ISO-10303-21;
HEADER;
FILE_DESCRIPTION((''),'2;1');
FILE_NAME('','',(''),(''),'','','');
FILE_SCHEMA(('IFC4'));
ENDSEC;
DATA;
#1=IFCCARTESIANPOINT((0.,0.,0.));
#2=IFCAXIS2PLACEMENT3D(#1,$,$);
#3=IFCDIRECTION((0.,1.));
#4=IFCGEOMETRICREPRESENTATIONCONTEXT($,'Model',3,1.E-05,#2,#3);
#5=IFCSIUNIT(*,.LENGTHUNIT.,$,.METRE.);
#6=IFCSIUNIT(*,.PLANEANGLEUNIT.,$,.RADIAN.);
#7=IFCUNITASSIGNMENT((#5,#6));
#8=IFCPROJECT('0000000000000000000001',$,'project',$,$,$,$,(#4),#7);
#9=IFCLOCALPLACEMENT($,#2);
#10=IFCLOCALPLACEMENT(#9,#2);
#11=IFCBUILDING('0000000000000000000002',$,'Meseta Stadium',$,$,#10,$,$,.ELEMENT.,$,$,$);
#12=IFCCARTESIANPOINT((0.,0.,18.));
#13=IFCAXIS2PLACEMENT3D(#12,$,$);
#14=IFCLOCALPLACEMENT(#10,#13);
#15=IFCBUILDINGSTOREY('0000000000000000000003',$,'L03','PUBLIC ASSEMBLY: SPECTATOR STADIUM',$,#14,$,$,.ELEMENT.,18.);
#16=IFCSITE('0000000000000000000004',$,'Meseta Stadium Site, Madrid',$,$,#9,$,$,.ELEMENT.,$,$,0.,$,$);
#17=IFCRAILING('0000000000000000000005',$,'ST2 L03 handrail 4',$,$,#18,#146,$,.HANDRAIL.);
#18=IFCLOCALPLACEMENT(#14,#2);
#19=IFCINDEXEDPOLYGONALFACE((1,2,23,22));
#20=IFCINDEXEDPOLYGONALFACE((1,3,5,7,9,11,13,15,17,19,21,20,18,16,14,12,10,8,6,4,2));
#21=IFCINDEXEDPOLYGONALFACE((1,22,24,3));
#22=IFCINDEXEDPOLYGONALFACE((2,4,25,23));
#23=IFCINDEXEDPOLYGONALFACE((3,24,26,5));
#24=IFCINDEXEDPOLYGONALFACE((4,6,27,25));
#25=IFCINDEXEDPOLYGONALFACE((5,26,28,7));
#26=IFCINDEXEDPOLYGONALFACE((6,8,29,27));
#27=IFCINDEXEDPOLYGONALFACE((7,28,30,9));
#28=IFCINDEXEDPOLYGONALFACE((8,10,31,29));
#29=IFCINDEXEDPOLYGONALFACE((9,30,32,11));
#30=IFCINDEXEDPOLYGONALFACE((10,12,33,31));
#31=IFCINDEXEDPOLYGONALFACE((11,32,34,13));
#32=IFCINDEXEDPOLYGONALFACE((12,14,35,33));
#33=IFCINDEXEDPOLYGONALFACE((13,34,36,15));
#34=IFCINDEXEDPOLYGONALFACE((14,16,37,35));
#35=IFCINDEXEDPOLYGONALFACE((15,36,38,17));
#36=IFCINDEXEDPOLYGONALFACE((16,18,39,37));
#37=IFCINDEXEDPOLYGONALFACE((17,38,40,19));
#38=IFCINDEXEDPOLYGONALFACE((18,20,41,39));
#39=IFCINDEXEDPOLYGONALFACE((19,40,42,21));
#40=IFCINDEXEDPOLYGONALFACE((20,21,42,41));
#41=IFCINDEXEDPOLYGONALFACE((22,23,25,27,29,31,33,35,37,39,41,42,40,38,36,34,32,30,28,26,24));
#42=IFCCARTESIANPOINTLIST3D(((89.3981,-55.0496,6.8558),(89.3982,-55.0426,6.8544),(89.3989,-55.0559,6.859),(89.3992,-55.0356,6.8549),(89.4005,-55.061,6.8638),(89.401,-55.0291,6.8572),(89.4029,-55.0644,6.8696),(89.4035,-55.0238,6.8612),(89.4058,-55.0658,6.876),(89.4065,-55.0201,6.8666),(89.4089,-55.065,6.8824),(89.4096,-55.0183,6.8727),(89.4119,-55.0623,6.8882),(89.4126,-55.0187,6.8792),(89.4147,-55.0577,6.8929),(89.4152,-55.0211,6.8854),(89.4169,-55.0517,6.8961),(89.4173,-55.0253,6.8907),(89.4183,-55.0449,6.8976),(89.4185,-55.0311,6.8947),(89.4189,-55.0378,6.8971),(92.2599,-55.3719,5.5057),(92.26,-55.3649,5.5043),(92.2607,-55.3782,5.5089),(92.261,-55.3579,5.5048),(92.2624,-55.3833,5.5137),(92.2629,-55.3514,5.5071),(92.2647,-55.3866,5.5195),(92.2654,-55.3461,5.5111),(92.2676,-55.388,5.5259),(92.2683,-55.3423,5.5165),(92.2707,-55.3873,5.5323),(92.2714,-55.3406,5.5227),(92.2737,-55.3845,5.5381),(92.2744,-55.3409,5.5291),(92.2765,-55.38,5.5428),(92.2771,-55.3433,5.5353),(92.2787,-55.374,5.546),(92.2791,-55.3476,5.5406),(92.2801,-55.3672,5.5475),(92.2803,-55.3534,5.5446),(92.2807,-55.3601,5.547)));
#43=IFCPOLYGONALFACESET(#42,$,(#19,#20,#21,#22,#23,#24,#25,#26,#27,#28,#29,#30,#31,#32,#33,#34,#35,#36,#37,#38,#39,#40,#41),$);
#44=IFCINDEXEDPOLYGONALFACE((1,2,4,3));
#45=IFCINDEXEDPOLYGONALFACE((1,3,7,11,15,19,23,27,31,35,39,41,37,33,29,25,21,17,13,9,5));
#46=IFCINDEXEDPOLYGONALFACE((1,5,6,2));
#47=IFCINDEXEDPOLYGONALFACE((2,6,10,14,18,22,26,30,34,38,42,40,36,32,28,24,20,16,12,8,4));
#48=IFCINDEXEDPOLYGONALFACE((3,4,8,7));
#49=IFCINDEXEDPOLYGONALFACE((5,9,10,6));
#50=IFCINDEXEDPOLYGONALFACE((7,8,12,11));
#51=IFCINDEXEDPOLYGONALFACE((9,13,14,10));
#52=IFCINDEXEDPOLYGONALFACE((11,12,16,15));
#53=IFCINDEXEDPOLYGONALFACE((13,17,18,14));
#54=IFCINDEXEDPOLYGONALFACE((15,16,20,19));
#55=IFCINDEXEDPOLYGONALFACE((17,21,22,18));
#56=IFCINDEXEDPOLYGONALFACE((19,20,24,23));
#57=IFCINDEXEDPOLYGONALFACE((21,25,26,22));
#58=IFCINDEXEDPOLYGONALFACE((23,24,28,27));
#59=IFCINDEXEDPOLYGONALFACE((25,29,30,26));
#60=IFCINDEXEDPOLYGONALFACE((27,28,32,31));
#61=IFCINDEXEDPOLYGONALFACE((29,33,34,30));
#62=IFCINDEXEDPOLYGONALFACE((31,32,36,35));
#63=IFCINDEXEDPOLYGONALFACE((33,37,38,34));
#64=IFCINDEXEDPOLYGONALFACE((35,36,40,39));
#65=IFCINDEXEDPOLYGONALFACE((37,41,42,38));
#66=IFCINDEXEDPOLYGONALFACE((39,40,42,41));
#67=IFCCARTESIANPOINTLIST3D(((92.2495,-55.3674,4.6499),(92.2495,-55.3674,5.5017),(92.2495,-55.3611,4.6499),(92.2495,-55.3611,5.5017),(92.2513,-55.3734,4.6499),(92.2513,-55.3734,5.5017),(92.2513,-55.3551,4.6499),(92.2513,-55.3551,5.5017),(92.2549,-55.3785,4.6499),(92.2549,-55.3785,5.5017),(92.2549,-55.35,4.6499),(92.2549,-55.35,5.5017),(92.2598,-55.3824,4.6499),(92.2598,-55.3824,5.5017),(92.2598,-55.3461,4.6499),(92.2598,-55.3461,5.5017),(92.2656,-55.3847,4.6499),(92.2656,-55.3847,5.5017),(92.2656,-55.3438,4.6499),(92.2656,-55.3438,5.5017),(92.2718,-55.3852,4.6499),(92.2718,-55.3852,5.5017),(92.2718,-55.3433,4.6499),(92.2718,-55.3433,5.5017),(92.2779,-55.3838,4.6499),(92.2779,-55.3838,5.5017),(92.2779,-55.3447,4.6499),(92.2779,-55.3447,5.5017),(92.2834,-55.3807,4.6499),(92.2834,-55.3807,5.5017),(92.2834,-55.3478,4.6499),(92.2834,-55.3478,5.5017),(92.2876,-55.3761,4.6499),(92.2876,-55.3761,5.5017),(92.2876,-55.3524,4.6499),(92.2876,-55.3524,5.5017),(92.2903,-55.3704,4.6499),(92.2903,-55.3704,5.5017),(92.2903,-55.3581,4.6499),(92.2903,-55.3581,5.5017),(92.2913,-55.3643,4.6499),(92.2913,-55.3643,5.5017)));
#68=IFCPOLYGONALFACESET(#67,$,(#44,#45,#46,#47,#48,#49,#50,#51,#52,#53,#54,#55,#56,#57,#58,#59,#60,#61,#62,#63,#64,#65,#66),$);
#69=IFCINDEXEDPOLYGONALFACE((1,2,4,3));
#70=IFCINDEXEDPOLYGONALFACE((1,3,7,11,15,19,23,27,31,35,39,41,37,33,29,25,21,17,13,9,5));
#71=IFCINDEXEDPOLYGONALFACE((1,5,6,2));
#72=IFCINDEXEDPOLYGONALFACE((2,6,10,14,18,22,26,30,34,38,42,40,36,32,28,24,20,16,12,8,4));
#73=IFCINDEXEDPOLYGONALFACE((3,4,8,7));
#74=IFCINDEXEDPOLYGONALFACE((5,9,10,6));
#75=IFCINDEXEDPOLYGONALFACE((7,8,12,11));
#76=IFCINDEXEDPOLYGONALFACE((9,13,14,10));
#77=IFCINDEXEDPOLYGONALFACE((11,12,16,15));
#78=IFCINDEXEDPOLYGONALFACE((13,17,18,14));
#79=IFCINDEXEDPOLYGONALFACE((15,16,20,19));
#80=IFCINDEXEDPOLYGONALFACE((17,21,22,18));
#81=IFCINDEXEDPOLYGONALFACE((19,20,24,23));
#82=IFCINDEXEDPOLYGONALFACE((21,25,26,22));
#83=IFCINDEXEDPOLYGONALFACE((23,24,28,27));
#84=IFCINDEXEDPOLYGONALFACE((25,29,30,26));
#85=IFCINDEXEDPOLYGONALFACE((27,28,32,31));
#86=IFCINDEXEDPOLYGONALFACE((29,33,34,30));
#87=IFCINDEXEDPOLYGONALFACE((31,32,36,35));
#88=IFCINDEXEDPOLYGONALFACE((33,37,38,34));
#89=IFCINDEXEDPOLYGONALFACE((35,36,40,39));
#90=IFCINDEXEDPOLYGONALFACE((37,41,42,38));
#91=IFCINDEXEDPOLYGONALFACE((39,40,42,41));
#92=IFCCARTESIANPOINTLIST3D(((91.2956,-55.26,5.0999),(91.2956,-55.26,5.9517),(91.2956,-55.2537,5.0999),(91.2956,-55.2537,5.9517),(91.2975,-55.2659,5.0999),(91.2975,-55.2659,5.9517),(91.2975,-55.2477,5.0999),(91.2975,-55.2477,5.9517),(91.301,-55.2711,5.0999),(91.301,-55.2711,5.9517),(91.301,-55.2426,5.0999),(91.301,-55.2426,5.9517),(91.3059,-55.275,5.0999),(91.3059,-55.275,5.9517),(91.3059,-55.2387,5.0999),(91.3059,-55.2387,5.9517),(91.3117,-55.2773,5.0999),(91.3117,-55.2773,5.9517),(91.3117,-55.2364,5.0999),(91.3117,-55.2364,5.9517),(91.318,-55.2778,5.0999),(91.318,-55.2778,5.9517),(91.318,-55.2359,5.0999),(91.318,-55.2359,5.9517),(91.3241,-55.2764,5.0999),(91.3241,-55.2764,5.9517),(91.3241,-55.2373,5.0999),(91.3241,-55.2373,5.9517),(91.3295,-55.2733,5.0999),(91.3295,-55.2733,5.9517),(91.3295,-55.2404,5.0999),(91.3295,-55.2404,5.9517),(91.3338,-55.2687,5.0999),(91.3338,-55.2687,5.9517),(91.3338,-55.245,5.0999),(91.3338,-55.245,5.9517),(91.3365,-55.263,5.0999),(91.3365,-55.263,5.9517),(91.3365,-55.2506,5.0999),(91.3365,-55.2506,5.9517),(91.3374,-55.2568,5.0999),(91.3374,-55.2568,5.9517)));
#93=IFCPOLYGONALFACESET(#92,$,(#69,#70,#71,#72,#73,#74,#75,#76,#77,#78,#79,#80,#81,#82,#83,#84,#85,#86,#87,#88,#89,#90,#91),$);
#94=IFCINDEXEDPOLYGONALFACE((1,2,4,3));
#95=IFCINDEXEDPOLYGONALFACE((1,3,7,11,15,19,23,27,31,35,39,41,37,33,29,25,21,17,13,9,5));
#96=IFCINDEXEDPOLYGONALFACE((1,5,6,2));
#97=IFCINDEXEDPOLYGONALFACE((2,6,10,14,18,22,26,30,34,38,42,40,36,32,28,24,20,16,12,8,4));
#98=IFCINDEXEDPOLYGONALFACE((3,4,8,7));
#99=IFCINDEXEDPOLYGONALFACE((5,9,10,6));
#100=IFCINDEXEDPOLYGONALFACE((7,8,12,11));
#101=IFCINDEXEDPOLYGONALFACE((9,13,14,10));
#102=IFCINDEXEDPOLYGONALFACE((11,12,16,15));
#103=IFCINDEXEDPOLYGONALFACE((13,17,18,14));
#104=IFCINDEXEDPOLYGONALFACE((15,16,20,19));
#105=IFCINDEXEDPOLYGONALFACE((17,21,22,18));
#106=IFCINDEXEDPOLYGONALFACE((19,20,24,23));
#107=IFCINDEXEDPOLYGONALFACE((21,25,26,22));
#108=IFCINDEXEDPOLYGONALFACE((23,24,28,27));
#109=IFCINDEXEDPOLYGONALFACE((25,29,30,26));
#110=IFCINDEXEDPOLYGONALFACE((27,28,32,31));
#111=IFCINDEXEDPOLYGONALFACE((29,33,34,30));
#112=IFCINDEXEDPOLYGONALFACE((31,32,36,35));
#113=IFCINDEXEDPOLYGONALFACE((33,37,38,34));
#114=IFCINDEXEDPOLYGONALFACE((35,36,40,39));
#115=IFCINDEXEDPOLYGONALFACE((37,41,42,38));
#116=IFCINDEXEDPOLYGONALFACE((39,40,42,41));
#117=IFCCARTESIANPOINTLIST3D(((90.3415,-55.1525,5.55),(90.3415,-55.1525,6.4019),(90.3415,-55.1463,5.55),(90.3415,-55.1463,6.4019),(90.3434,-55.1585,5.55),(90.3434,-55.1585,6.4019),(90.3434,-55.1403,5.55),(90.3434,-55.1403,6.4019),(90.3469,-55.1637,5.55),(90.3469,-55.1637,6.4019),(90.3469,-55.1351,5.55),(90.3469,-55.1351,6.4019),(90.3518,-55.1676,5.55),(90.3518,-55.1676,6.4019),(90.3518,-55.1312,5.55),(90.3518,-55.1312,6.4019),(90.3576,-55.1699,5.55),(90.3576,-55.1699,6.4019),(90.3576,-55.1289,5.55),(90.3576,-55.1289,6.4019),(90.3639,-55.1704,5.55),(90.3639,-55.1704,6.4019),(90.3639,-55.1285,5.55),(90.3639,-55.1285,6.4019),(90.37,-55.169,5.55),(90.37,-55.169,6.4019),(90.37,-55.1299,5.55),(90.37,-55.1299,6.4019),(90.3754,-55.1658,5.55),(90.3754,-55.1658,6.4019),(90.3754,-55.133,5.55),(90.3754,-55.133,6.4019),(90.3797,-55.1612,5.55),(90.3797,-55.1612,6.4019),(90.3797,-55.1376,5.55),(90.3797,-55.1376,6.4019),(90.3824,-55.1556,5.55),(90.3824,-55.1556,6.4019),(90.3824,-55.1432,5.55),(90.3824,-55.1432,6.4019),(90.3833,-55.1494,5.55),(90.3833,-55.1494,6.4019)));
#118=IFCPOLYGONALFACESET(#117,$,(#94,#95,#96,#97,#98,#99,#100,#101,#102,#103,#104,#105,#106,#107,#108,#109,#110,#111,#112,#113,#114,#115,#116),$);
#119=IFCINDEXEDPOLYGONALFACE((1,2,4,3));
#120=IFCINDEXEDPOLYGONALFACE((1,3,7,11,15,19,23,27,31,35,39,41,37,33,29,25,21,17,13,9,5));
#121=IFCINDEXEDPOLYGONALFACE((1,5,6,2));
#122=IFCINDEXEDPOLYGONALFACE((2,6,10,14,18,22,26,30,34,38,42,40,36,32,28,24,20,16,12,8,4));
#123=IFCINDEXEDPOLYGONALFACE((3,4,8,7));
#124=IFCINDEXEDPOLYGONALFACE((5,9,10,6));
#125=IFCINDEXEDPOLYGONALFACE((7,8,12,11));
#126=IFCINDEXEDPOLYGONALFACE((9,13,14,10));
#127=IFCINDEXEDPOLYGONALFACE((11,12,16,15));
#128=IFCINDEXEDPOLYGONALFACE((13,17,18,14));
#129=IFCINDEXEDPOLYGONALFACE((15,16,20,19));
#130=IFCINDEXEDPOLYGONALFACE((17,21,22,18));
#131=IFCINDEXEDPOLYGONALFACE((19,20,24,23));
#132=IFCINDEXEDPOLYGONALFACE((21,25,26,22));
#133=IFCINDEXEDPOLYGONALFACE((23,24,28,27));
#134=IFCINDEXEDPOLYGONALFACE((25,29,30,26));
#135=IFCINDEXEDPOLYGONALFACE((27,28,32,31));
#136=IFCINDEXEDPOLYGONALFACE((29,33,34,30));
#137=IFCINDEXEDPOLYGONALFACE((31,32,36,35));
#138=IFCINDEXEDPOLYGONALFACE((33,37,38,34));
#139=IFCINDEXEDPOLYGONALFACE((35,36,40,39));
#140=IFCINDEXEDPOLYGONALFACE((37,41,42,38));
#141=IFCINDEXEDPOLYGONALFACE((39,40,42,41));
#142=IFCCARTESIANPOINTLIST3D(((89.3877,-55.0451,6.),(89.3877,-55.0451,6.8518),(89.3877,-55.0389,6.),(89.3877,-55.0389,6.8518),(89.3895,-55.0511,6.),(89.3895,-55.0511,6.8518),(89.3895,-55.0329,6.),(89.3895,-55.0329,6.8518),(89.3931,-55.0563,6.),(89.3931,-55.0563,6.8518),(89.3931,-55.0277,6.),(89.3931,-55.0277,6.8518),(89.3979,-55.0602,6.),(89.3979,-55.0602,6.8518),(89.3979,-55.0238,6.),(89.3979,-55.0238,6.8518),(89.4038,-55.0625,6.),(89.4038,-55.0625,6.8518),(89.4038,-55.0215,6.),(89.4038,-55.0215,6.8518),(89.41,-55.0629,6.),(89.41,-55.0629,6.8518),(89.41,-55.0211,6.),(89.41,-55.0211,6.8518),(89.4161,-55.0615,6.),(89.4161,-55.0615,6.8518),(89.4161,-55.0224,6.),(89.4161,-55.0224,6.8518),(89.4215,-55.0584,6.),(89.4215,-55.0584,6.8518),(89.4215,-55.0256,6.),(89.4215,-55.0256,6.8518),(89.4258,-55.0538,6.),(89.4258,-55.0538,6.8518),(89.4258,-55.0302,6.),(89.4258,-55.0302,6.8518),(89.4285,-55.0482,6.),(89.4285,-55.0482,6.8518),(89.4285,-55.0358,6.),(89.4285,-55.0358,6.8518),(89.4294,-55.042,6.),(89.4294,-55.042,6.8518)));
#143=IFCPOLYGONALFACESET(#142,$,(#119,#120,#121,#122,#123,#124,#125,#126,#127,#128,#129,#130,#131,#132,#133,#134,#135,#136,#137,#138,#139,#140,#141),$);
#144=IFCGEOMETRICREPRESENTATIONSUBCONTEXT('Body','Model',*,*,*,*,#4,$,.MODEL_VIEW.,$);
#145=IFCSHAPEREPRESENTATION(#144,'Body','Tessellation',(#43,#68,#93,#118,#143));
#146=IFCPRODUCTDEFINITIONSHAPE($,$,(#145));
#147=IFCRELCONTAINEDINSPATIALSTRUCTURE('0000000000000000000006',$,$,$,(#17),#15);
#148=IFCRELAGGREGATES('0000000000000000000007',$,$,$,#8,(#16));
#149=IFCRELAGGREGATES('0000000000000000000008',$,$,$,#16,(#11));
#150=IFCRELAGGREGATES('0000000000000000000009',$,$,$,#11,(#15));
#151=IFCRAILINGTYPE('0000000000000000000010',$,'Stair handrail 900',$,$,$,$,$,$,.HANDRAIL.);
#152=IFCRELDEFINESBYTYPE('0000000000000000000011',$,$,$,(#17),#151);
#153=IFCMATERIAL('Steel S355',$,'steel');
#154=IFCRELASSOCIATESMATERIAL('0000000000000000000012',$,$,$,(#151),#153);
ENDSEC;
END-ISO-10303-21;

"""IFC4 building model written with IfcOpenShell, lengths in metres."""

from ifc_helpers import new_model, si_unit, direction, frame, origin, origin_2d, place, context, subcontext, project, spatial, circle, extrude, material, type_object, element, save


model = new_model("IFC4")

# Units and contexts
model_context = context("Model", 3, precision=1e-05, world=origin(), true_north=direction((0.0, 1.0)))
body_context = subcontext(model_context, "Body", "Model", "MODEL_VIEW")
ifc_project = project(units=[si_unit("LENGTHUNIT", "METRE"), si_unit("PLANEANGLEUNIT", "RADIAN")], contexts=[model_context])

# Site, building, storey
site_placement = place(None, origin())
site = spatial("IfcSite", under=ifc_project, at=site_placement, Name="Meseta Stadium Site, Madrid", CompositionType="ELEMENT", RefElevation=0.0)
building_placement = place(site_placement, origin())
building = spatial("IfcBuilding", under=site, at=building_placement, Name="Meseta Stadium", CompositionType="ELEMENT")
storey_placement = place(building_placement, frame((0.0, 0.0, 18.0)))
storey = spatial("IfcBuildingStorey", under=building, at=storey_placement, Name="L03", Description="PUBLIC ASSEMBLY: SPECTATOR STADIUM", CompositionType="ELEMENT", Elevation=18.0)

# Railing
ifc_material_1 = material(Name="Steel S355", Category="steel")
railing_type_1 = type_object("IfcRailingType", Name="Stair handrail 900", PredefinedType="HANDRAIL", material=ifc_material_1)
for number, where, name in (
    (1, (92.2703, -55.3643, 4.6499), "ST2 L03 handrail 4"),
):
    element("IfcRailing", number, at=place(storey_placement, frame(where)), inside=storey, type_object=railing_type_1, Name=name, PredefinedType="HANDRAIL", context=body_context, shape_type="SweptSolid", body=[
        extrude(circle(Radius=0.0239, at=origin_2d()), frame((0.0, 0.0, 0.876), z_axis=(-0.899755, 0.10132, 0.424471), x_axis=(-0.111902, -0.993719, 0.0)), (0.0, 0.0, 1.0), 3.1807),
        extrude(circle(Radius=0.021, at=origin_2d()), origin(), (0.0, 0.0, 1.0), 0.8518),
        extrude(circle(Radius=0.021, at=origin_2d()), frame((-0.9539, 0.1074, 0.45)), (0.0, 0.0, 1.0), 0.8518),
        extrude(circle(Radius=0.021, at=origin_2d()), frame((-1.908, 0.2148, 0.9001)), (0.0, 0.0, 1.0), 0.8518),
        extrude(circle(Radius=0.021, at=origin_2d()), frame((-2.8618, 0.3223, 1.3501)), (0.0, 0.0, 1.0), 0.8518),
    ])

save(model, "model.ifc")
